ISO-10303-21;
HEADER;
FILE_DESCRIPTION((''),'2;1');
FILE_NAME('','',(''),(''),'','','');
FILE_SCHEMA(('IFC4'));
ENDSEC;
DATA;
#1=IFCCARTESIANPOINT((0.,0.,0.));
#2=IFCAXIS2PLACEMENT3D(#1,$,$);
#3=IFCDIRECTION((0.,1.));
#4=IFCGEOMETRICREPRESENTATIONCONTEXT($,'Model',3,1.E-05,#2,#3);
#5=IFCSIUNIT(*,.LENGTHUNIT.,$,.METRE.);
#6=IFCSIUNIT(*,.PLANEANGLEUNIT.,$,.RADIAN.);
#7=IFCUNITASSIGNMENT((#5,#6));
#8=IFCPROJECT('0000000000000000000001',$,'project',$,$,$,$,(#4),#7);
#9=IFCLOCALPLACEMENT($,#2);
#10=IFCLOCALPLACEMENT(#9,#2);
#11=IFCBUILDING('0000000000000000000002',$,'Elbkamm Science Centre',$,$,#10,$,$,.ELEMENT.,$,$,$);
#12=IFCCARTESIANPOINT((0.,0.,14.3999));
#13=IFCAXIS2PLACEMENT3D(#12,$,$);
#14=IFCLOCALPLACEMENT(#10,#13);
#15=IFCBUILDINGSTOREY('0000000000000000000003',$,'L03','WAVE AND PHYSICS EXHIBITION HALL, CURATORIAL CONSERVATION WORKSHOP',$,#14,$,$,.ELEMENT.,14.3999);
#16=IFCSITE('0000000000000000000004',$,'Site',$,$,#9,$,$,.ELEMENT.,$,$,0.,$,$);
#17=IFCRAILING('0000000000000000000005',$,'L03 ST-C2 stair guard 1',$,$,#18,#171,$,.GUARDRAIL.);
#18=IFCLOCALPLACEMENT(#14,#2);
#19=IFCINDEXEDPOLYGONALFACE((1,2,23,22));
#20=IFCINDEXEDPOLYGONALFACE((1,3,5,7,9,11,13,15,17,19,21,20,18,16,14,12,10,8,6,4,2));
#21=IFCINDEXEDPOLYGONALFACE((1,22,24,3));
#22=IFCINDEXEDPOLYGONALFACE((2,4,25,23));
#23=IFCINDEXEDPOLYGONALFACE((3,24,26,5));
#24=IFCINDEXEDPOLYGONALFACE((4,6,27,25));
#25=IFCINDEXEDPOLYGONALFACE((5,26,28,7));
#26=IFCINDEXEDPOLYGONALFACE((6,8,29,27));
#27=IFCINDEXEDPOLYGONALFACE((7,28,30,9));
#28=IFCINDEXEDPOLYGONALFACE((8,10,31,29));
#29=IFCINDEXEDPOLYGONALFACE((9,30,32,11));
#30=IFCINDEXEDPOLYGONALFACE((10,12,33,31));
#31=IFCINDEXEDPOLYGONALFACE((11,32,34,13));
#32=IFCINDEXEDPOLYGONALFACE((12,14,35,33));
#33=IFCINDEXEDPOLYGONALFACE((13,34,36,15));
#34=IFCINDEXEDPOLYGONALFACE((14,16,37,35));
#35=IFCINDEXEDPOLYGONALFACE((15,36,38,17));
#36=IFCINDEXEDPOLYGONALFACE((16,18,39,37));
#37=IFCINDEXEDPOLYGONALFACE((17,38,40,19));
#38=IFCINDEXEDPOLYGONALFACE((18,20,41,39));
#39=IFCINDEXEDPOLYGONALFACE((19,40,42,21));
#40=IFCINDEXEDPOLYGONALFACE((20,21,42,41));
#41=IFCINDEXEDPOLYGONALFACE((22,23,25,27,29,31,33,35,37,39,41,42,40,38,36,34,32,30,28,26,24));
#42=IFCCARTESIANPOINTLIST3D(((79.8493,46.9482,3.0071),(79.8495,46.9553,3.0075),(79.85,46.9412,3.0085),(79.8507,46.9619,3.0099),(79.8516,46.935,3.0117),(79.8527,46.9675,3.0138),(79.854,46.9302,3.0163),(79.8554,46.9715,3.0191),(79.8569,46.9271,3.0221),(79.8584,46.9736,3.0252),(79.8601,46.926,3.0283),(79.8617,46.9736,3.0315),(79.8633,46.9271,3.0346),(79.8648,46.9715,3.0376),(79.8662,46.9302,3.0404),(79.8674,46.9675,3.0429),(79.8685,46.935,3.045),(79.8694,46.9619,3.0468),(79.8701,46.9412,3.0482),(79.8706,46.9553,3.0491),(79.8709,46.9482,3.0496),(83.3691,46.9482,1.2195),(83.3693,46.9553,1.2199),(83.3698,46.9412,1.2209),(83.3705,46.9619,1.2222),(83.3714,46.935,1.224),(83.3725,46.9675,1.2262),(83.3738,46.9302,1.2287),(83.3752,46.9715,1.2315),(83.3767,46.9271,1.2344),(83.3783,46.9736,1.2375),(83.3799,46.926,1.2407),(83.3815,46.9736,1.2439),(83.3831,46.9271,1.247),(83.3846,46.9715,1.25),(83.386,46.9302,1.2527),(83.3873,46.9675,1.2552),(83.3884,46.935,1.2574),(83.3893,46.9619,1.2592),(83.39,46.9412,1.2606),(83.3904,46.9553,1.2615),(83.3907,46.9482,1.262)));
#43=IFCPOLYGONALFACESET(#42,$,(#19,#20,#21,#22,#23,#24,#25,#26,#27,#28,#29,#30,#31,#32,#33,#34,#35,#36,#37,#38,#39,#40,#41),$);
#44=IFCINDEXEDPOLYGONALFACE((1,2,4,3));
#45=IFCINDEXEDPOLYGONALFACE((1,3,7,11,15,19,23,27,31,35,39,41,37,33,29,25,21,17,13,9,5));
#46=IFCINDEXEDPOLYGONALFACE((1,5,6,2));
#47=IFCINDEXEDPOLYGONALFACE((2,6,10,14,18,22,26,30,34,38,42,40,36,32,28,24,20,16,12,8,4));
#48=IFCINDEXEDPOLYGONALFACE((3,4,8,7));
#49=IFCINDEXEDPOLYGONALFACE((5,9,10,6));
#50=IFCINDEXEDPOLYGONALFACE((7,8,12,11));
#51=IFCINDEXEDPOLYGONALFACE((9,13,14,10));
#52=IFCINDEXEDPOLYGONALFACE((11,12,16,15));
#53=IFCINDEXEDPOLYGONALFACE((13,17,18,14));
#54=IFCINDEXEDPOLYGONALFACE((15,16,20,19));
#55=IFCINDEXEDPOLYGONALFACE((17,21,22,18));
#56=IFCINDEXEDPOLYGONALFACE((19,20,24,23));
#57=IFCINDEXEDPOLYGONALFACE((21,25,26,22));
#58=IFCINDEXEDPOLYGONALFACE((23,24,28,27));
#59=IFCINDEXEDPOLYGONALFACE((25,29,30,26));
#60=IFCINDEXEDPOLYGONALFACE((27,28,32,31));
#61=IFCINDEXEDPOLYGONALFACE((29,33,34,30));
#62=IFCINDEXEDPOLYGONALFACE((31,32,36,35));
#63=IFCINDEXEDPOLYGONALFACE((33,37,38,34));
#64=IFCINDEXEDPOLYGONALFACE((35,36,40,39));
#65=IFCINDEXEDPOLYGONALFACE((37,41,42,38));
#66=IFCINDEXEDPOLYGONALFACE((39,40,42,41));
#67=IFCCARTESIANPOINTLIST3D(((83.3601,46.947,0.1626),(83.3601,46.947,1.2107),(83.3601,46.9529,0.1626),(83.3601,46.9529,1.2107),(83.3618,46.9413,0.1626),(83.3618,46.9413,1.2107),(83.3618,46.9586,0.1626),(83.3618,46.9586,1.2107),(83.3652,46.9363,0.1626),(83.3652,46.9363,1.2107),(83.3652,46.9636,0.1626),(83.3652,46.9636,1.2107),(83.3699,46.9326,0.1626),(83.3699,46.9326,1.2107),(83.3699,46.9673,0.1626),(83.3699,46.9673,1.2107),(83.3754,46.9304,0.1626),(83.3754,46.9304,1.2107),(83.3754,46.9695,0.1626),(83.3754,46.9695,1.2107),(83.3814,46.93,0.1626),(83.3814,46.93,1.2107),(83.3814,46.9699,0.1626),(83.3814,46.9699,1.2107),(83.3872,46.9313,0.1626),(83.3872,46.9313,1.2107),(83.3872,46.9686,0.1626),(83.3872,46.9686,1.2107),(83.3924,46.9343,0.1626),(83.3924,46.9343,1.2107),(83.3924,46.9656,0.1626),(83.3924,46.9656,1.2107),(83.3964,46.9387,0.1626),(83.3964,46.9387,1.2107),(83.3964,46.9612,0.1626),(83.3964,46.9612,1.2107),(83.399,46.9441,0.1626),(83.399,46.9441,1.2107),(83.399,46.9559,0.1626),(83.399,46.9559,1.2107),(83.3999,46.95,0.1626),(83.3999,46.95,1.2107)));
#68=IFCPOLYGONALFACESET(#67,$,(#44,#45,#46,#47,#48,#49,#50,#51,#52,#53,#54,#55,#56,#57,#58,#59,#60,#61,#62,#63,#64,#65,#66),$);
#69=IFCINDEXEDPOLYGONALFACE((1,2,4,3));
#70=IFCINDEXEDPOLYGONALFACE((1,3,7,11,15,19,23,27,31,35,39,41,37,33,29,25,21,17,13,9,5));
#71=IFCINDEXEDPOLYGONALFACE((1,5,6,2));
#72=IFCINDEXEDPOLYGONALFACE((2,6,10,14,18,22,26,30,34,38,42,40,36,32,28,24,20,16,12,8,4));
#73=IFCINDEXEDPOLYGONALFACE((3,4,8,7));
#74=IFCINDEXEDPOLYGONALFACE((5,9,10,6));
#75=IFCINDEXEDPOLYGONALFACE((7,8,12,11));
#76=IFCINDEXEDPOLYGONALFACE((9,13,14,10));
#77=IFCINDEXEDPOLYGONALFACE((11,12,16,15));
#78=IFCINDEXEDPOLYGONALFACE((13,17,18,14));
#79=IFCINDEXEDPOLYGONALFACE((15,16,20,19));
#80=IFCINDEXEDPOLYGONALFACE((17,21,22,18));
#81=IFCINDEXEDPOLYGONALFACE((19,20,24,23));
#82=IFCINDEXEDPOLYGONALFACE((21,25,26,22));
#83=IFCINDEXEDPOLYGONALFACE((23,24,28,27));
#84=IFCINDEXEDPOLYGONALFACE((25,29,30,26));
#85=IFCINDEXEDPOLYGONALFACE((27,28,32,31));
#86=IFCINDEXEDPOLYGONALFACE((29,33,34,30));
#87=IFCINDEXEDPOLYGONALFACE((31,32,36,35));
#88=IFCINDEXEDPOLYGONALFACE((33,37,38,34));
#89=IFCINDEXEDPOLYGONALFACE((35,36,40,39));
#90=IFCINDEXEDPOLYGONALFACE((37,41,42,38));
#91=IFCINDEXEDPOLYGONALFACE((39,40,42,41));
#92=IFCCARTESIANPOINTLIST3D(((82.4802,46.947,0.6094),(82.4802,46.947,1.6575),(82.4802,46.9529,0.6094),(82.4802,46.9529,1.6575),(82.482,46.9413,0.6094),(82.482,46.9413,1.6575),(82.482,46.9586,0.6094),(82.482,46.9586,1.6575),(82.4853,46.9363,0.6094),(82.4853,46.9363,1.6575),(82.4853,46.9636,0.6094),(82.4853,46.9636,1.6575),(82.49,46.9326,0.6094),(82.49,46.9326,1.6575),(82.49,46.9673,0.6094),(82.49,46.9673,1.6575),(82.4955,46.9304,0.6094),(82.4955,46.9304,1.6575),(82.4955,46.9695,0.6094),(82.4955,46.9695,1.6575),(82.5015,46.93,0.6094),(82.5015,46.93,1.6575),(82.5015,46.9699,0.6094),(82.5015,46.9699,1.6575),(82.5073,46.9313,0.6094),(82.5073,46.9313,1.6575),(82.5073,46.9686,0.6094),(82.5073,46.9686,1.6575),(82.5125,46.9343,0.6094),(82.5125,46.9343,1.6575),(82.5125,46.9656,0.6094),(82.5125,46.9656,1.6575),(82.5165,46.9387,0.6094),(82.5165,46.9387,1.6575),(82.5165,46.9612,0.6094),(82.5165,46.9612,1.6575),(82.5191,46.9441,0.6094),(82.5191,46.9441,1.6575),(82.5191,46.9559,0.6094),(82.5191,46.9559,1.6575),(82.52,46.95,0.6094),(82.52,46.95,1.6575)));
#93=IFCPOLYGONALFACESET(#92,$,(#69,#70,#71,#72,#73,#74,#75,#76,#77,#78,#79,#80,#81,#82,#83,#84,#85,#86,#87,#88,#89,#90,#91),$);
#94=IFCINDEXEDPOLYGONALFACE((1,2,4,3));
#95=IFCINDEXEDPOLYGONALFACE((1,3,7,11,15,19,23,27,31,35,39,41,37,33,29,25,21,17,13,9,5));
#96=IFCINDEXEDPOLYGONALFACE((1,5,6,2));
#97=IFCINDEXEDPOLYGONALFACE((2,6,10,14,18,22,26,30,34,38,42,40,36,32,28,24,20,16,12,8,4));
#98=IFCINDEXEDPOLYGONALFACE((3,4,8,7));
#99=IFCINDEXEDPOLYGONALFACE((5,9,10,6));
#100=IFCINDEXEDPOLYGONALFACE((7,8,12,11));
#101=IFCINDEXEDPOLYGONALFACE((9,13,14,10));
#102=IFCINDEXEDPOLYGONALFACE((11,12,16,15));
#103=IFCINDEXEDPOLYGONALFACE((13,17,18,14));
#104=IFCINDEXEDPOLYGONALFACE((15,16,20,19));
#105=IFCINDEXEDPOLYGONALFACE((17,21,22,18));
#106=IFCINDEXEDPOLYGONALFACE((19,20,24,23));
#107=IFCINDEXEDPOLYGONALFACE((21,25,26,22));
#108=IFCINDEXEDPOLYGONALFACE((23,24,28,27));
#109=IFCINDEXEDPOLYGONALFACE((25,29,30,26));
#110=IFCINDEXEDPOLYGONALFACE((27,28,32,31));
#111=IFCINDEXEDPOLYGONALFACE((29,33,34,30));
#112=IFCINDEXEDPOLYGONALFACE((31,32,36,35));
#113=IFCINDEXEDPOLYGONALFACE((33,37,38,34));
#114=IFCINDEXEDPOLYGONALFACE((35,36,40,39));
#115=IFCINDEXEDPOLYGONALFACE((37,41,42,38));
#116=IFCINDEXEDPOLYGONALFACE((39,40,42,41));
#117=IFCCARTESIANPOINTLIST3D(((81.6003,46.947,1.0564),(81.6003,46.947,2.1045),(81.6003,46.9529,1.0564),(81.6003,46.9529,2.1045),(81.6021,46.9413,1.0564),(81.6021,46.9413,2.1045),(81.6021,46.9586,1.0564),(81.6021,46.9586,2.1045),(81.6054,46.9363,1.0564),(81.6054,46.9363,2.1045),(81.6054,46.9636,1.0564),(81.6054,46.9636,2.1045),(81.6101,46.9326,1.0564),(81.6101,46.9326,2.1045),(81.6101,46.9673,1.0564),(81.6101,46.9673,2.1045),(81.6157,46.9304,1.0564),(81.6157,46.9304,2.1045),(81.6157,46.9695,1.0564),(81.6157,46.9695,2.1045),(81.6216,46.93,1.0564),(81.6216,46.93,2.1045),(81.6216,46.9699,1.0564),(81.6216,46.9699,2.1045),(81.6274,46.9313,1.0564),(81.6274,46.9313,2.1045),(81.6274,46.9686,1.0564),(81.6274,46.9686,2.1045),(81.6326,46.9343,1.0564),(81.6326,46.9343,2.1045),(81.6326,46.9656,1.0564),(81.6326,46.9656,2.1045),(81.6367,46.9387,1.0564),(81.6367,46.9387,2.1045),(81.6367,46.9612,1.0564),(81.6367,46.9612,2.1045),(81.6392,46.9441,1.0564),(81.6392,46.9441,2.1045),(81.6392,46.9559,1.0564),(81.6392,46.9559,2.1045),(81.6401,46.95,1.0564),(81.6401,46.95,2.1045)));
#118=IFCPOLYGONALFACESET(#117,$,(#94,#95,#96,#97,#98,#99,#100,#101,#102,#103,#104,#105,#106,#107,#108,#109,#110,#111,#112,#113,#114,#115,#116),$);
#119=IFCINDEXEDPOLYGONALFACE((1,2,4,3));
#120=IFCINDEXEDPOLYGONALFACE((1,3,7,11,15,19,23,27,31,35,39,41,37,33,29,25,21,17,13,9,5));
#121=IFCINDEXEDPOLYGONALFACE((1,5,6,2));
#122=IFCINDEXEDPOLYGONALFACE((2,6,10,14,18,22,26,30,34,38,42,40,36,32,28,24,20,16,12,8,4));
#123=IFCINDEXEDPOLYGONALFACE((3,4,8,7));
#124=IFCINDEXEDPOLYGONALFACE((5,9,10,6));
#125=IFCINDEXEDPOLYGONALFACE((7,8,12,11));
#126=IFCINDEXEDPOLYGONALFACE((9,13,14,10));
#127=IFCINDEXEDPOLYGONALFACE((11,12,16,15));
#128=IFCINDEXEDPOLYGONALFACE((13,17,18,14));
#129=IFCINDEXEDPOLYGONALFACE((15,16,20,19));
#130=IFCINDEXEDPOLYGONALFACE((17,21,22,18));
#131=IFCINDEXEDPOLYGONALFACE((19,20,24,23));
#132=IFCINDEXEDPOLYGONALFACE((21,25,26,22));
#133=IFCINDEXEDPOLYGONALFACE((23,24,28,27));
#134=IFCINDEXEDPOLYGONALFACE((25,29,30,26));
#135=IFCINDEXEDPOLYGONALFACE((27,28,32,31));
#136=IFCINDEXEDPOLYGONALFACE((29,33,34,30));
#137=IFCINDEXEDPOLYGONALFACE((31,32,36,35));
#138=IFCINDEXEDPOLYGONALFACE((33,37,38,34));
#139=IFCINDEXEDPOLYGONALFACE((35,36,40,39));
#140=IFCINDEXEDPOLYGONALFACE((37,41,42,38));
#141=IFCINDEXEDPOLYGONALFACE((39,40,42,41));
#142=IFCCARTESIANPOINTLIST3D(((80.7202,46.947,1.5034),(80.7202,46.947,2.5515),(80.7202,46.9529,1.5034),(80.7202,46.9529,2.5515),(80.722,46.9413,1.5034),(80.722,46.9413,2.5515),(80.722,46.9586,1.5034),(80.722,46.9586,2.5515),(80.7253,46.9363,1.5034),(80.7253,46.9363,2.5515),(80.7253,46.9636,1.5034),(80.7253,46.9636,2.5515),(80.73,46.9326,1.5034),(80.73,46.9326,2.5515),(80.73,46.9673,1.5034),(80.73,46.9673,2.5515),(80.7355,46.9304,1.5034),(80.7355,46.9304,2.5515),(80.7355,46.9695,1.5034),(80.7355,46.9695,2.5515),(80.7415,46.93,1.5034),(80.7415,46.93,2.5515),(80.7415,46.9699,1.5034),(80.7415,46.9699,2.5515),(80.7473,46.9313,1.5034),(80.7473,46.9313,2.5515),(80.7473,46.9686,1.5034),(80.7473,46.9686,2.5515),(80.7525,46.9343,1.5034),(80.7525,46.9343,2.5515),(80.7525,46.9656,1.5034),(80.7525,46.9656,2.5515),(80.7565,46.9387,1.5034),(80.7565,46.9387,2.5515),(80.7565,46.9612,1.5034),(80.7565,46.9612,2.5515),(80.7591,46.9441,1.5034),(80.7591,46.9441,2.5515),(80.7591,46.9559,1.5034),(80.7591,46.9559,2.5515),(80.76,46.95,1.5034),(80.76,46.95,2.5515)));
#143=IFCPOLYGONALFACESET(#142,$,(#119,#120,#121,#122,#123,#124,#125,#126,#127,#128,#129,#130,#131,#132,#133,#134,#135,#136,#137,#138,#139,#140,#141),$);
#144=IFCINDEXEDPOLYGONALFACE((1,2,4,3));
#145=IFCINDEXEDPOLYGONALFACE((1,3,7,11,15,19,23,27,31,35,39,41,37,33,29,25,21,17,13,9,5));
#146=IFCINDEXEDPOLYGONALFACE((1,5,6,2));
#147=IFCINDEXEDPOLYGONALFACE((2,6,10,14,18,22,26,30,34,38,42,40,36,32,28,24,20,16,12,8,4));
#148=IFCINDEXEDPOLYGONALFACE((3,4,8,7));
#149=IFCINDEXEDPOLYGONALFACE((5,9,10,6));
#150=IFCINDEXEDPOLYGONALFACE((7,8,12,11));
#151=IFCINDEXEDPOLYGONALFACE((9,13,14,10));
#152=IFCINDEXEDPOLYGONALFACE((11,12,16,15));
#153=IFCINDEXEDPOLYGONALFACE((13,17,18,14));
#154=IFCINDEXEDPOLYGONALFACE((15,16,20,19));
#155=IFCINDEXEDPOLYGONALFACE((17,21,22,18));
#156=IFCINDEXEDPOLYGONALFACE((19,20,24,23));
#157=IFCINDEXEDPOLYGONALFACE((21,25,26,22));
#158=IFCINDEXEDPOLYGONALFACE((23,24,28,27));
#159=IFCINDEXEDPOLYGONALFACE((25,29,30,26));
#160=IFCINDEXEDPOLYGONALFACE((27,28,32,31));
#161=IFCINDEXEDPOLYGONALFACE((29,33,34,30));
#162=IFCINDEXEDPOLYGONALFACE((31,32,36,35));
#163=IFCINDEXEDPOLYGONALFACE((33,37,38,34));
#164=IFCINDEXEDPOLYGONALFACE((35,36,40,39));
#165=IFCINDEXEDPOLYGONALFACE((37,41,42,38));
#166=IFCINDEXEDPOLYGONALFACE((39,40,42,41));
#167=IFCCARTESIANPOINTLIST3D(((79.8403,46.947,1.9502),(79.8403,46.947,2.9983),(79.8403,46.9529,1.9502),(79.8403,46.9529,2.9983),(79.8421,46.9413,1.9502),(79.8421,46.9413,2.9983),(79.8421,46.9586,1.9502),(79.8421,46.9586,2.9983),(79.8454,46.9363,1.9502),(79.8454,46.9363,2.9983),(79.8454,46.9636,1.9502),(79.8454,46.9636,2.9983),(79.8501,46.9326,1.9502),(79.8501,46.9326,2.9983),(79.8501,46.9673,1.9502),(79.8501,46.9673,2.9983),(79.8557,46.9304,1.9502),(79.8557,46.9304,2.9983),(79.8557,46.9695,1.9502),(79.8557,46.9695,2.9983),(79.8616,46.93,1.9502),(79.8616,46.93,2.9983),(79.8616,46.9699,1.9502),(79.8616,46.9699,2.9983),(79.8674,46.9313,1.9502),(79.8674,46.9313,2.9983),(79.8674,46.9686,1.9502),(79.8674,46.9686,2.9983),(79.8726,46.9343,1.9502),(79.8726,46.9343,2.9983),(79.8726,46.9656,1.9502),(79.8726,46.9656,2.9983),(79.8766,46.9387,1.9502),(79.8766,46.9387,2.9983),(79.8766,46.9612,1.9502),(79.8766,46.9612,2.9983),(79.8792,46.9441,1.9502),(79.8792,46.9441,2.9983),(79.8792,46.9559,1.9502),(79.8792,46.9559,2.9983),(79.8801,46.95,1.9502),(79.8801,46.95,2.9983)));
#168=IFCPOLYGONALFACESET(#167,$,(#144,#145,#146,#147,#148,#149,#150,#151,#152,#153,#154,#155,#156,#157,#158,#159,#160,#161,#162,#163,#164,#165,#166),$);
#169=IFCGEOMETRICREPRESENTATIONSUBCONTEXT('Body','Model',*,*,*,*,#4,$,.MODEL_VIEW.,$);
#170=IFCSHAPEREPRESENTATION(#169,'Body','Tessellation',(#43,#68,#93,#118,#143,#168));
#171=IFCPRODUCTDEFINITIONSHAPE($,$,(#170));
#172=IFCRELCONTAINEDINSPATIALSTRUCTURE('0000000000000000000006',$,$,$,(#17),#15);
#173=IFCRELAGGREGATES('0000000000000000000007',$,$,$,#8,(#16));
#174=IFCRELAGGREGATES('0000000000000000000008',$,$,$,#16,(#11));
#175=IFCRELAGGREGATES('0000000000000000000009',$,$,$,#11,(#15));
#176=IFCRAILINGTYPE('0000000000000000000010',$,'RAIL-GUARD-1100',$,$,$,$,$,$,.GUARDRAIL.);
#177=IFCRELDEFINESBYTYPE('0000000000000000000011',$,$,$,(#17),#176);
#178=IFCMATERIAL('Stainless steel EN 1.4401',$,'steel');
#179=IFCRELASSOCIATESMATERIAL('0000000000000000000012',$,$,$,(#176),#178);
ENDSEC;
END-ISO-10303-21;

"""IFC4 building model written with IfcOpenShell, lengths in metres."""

from ifc_helpers import new_model, si_unit, direction, frame, origin, origin_2d, place, context, subcontext, project, spatial, circle, extrude, material, type_object, element, save


model = new_model("IFC4")

# Units and contexts
model_context = context("Model", 3, precision=1e-05, world=origin(), true_north=direction((0.0, 1.0)))
body_context = subcontext(model_context, "Body", "Model", "MODEL_VIEW")
ifc_project = project(units=[si_unit("LENGTHUNIT", "METRE"), si_unit("PLANEANGLEUNIT", "RADIAN")], contexts=[model_context])

# Site, building, storey
site_placement = place(None, origin())
site = spatial("IfcSite", under=ifc_project, at=site_placement, Name="Site", CompositionType="ELEMENT", RefElevation=0.0)
building_placement = place(site_placement, origin())
building = spatial("IfcBuilding", under=site, at=building_placement, Name="Elbkamm Science Centre", CompositionType="ELEMENT")
storey_placement = place(building_placement, frame((0.0, 0.0, 14.3999)))
storey = spatial("IfcBuildingStorey", under=building, at=storey_placement, Name="L03", Description="WAVE AND PHYSICS EXHIBITION HALL, CURATORIAL CONSERVATION WORKSHOP", CompositionType="ELEMENT", Elevation=14.3999)

# Railing
ifc_material_1 = material(Name="Stainless steel EN 1.4401", Category="steel")
railing_type_1 = type_object("IfcRailingType", Name="RAIL-GUARD-1100", PredefinedType="GUARDRAIL", material=ifc_material_1)
railing_1_placement = place(storey_placement, frame((83.3799, 46.95, 0.1626)))
element("IfcRailing", 1, at=railing_1_placement, inside=storey, type_object=railing_type_1, Name="L03 ST-C2 stair guard 1", PredefinedType="GUARDRAIL", context=body_context, shape_type="SweptSolid", body=[
    extrude(circle(Radius=0.0239, at=origin_2d()), frame((0.0, 0.0, 1.0781), z_axis=(-0.891602, 0.0, 0.45282), x_axis=(0.0, -1.0, 0.0)), (0.0, 0.0, 1.0), 3.9478),
    extrude(circle(Radius=0.02, at=origin_2d()), origin(), (0.0, 0.0, 1.0), 1.0481),
    extrude(circle(Radius=0.02, at=origin_2d()), frame((-0.8799, 0.0, 0.4468)), (0.0, 0.0, 1.0), 1.0481),
    extrude(circle(Radius=0.02, at=origin_2d()), frame((-1.7598, 0.0, 0.8938)), (0.0, 0.0, 1.0), 1.0481),
    extrude(circle(Radius=0.02, at=origin_2d()), frame((-2.6399, 0.0, 1.3408)), (0.0, 0.0, 1.0), 1.0481),
    extrude(circle(Radius=0.02, at=origin_2d()), frame((-3.5198, 0.0, 1.7876)), (0.0, 0.0, 1.0), 1.0481),
])

save(model, "model.ifc")
